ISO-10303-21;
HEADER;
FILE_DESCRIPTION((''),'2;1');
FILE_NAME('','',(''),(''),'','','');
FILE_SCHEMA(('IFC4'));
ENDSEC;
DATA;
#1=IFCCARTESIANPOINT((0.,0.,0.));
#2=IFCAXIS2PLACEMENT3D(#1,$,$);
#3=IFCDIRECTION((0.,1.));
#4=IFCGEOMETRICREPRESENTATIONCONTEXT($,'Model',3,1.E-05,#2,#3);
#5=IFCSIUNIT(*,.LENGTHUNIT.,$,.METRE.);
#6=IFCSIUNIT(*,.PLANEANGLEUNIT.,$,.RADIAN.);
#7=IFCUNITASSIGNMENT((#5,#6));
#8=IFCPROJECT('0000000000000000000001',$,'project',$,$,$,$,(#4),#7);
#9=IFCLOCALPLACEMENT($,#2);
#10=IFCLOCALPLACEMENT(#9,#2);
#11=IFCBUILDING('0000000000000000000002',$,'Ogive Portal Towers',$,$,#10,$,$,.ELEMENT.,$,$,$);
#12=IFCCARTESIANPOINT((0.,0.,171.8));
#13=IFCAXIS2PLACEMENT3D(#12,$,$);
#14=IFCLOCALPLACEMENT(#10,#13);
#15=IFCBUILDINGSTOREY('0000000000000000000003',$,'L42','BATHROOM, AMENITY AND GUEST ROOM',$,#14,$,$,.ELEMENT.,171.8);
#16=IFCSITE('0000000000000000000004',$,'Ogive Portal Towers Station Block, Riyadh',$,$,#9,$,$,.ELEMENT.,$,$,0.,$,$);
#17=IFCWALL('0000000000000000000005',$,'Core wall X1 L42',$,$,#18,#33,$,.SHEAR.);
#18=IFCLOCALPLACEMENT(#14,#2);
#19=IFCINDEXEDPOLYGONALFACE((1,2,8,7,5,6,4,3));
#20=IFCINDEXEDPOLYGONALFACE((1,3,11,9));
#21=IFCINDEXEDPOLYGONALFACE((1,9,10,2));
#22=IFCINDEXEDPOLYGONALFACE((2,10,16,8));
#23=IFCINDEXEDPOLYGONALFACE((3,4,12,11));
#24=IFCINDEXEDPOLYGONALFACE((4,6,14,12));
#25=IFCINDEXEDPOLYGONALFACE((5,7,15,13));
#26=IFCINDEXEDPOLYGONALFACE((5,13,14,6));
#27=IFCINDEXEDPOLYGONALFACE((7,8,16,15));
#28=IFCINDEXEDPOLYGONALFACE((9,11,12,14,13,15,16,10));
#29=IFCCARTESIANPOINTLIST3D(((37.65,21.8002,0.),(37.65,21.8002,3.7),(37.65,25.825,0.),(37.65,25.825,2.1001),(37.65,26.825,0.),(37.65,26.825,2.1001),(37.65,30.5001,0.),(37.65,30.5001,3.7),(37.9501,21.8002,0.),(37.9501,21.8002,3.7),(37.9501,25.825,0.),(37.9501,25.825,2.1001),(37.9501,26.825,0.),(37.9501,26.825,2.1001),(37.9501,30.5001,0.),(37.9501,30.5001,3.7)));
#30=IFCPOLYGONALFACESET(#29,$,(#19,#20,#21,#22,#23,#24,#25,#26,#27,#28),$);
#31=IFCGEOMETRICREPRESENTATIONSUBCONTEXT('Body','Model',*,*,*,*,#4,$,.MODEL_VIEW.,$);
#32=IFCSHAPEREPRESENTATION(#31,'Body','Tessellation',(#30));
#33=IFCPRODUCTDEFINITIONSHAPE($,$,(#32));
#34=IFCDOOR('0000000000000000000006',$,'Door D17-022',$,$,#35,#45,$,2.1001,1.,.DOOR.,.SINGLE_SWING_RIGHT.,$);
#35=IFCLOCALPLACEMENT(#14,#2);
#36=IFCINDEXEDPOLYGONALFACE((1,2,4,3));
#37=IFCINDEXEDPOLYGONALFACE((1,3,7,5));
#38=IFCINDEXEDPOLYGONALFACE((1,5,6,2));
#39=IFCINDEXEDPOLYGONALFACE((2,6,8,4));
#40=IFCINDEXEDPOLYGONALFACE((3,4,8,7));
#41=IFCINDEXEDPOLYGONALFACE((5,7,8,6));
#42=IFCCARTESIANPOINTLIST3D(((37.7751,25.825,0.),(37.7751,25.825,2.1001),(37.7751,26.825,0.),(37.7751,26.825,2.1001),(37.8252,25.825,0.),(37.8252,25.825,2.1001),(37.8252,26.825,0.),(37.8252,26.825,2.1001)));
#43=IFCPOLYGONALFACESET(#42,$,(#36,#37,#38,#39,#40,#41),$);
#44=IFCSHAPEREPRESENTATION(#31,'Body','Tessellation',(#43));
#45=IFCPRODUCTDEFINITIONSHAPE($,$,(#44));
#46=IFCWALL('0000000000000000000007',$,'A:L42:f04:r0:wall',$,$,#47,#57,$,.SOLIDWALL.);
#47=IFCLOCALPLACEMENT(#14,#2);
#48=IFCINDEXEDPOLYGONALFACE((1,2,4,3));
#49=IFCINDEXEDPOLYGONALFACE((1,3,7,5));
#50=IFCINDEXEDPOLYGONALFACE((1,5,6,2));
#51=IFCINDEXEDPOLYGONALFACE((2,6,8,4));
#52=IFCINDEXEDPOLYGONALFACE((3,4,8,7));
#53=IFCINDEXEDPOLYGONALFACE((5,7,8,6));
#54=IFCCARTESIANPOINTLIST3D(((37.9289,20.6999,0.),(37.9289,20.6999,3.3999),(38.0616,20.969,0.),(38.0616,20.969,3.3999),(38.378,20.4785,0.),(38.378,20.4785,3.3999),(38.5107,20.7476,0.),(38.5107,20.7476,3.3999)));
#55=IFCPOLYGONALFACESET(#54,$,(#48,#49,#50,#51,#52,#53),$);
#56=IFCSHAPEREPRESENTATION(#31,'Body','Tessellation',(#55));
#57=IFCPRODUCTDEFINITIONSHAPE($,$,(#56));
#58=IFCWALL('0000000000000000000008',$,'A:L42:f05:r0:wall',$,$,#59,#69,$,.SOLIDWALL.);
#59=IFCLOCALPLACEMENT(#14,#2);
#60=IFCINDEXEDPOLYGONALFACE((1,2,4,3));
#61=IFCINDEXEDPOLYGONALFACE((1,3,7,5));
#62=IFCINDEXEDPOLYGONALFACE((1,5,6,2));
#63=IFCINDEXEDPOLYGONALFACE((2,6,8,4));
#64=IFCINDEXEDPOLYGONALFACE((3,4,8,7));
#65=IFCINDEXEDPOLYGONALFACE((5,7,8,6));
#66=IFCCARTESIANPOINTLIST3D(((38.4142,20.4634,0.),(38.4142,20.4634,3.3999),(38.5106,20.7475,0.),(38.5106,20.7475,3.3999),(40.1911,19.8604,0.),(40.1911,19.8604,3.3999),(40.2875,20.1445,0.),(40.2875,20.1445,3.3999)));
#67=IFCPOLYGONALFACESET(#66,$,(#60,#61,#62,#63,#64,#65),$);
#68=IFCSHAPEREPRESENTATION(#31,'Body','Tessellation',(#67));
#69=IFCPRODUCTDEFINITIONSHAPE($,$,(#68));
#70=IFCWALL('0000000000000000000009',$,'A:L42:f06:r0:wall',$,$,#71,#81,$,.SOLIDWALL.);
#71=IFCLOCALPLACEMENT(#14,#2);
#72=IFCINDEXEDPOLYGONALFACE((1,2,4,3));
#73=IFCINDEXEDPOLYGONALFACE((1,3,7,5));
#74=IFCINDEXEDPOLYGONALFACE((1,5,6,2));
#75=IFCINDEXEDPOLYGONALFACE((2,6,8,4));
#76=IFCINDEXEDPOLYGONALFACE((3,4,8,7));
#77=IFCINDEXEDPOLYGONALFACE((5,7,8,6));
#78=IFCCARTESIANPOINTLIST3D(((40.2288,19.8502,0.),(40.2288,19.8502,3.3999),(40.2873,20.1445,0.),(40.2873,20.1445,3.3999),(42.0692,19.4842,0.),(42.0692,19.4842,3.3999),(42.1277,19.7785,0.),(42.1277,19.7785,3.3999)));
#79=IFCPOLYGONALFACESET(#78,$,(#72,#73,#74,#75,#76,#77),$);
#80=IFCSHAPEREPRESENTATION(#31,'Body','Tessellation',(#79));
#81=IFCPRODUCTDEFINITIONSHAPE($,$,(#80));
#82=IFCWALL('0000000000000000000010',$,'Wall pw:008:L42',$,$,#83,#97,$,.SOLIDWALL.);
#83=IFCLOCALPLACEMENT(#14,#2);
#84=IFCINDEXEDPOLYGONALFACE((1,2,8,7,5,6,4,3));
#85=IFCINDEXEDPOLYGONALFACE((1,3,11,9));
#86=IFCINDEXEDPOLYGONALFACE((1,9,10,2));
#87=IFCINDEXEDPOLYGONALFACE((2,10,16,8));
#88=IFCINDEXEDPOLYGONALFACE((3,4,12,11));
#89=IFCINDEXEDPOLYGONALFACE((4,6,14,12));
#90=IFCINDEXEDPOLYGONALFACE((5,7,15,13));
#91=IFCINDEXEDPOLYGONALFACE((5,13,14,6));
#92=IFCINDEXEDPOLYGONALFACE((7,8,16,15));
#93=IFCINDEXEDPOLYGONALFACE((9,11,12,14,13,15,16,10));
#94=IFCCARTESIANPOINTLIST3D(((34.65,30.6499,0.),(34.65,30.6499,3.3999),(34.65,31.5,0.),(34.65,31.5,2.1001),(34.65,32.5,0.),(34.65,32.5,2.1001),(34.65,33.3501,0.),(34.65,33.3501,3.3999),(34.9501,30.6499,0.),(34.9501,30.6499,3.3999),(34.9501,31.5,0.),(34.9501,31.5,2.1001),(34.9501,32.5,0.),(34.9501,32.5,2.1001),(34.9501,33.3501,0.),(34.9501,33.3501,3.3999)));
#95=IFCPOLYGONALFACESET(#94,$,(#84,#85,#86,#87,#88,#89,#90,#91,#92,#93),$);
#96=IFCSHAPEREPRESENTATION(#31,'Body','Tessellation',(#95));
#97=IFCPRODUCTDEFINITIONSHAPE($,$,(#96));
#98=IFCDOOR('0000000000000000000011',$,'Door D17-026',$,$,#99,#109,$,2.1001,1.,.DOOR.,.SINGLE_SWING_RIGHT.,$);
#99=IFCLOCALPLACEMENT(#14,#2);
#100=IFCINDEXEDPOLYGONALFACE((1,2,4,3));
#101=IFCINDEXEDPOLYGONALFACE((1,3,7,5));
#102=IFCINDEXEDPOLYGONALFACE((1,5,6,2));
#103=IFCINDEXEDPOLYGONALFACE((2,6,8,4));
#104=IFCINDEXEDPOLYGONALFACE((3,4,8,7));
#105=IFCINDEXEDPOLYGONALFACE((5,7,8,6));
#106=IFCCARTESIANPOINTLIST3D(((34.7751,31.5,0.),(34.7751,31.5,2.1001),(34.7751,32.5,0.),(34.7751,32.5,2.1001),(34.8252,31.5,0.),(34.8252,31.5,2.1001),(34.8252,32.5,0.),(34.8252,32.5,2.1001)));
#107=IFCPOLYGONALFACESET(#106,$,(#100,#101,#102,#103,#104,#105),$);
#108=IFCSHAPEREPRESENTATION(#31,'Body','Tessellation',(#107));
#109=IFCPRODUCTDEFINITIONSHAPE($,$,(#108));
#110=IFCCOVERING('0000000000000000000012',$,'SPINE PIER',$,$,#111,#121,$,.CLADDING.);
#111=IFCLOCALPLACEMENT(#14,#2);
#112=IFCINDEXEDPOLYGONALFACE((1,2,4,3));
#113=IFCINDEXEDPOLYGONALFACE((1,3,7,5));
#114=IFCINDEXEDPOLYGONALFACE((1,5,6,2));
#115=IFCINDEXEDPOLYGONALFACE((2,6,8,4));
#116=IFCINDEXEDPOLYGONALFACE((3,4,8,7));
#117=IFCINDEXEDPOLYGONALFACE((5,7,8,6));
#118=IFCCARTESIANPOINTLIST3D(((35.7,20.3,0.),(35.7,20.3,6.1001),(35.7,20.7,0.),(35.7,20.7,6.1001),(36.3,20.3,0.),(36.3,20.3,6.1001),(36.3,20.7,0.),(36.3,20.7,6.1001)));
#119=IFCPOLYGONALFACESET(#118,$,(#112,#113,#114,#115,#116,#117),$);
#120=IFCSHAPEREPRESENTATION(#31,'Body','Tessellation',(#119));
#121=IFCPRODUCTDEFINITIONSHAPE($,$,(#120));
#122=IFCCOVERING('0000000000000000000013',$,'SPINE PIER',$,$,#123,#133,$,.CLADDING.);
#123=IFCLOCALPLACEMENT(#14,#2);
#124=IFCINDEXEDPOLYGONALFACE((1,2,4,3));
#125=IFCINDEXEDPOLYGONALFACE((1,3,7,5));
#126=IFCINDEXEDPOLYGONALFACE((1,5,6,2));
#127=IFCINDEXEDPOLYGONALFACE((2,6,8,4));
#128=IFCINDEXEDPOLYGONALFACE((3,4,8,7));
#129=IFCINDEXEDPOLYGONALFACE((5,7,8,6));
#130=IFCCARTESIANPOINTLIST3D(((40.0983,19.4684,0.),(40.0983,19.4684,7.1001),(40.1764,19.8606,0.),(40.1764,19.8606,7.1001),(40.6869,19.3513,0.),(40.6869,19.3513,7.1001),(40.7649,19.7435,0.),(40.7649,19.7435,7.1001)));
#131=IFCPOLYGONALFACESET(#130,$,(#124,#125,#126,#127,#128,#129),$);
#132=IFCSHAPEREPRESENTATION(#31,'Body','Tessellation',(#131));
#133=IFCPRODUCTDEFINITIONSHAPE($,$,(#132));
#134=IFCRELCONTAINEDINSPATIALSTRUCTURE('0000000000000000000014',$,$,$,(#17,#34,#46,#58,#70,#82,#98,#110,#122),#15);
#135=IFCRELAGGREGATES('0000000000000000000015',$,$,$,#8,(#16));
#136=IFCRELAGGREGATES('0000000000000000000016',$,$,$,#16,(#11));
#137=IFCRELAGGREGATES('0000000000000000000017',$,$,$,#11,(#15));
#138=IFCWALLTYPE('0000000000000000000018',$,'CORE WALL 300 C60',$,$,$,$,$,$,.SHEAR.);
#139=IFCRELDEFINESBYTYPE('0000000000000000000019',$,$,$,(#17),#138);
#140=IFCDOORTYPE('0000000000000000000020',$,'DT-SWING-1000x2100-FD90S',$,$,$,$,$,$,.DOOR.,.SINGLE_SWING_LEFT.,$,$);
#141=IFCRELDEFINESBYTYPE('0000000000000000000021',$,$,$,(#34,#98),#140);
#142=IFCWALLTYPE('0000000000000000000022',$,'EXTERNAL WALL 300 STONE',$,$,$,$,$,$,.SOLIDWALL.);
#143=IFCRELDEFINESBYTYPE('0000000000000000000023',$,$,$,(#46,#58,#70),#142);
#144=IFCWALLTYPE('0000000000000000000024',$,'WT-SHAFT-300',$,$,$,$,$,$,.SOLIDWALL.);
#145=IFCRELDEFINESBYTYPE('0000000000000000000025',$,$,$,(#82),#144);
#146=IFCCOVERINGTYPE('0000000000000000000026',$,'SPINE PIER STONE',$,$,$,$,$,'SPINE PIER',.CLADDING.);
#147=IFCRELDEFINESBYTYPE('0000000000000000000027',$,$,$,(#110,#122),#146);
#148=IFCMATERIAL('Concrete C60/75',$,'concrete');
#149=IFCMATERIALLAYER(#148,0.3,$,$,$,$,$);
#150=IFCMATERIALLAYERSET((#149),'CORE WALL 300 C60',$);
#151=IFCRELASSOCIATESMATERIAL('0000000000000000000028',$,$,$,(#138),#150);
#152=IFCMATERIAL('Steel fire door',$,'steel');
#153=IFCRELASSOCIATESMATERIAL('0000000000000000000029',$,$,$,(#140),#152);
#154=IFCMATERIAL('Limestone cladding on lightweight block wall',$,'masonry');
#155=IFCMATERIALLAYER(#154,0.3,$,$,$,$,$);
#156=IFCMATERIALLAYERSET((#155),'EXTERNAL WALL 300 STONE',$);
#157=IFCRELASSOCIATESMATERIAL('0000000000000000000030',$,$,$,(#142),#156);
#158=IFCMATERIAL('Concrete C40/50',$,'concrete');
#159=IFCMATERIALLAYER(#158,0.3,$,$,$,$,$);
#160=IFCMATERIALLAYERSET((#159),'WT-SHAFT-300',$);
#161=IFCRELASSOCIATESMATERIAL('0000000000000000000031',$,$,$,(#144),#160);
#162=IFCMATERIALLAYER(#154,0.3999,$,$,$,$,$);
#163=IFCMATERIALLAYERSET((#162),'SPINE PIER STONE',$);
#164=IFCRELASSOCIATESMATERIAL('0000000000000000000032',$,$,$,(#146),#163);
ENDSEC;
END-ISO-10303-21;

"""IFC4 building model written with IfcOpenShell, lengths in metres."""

from ifc_helpers import new_model, si_unit, direction, frame, frame_2d, origin, origin_2d, place, context, subcontext, project, spatial, rectangle, extrude, material, layer, layer_set, type_object, element, fill, save


model = new_model("IFC4")

# Units and contexts
model_context = context("Model", 3, precision=1e-05, world=origin(), true_north=direction((0.0, 1.0)))
body_context = subcontext(model_context, "Body", "Model", "MODEL_VIEW")
ifc_project = project(units=[si_unit("LENGTHUNIT", "METRE"), si_unit("PLANEANGLEUNIT", "RADIAN")], contexts=[model_context])

# Site, building, storey
site_placement = place(None, origin())
site = spatial("IfcSite", under=ifc_project, at=site_placement, Name="Ogive Portal Towers Station Block, Riyadh", CompositionType="ELEMENT", RefElevation=0.0)
building_placement = place(site_placement, origin())
building = spatial("IfcBuilding", under=site, at=building_placement, Name="Ogive Portal Towers", CompositionType="ELEMENT")
storey_placement = place(building_placement, frame((0.0, 0.0, 171.8)))
storey = spatial("IfcBuildingStorey", under=building, at=storey_placement, Name="L42", Description="BATHROOM, AMENITY AND GUEST ROOM", CompositionType="ELEMENT", Elevation=171.8)

# Wall, opening, door
ifc_material_1 = material(Name="Concrete C60/75", Category="concrete")
ifc_layer_1 = layer(ifc_material_1, 0.3)
ifc_layer_set_1 = layer_set([ifc_layer_1], Name="CORE WALL 300 C60")
wall_type_1 = type_object("IfcWallType", Name="CORE WALL 300 C60", PredefinedType="SHEAR", material=ifc_layer_set_1)
wall_1_placement = place(storey_placement, frame((37.8, 21.8, 0.0), z_axis=(0.0, 0.0, 1.0), x_axis=(0.0, 1.0, 0.0)))
wall_1 = element("IfcWall", 1, at=wall_1_placement, inside=storey, type_object=wall_type_1, Name="Core wall X1 L42", PredefinedType="SHEAR", context=body_context, shape_type="SweptSolid", body=[
    extrude(rectangle(XDim=8.7, YDim=0.3, at=frame_2d((4.3501, 0.0))), origin(), (0.0, 0.0, 1.0), 3.7),
])
opening_1_placement = place(wall_1_placement, frame((4.0249, 0.0, 0.0)))
opening_1 = element("IfcOpeningElement", 2, at=opening_1_placement, cuts=wall_1, PredefinedType="OPENING", context=body_context, shape_type="SweptSolid", body=[
    extrude(rectangle(XDim=1.0, YDim=2.1001, at=frame_2d((0.5, 1.05))), frame((0.0, 0.1602, 0.0), z_axis=(0.0, -1.0, 0.0), x_axis=(1.0, 0.0, 0.0)), (0.0, 0.0, 1.0), 0.3201),
])
ifc_material_2 = material(Name="Steel fire door", Category="steel")
door_type_1 = type_object("IfcDoorType", Name="DT-SWING-1000x2100-FD90S", OperationType="SINGLE_SWING_LEFT", PredefinedType="DOOR", material=ifc_material_2)
door_1_placement = place(opening_1_placement, origin())
door_1 = element("IfcDoor", 3, at=door_1_placement, inside=storey, type_object=door_type_1, Name="Door D17-022", OperationType="SINGLE_SWING_RIGHT", OverallHeight=2.1001, OverallWidth=1.0, PredefinedType="DOOR", context=body_context, shape_type="SweptSolid", body=[
    extrude(rectangle(XDim=1.0, YDim=2.1001, at=frame_2d((0.5, 1.05))), frame((0.0, 0.0249, 0.0), z_axis=(0.0, -1.0, 0.0), x_axis=(1.0, 0.0, 0.0)), (0.0, 0.0, 1.0), 0.05),
])
fill(opening_1, door_1)

# Walls
ifc_material_3 = material(Name="Limestone cladding on lightweight block wall", Category="masonry")
ifc_layer_2 = layer(ifc_material_3, 0.3)
ifc_layer_set_2 = layer_set([ifc_layer_2], Name="EXTERNAL WALL 300 STONE")
wall_type_2 = type_object("IfcWallType", Name="EXTERNAL WALL 300 STONE", PredefinedType="SOLIDWALL", material=ifc_layer_set_2)
wall_2_placement = place(storey_placement, frame((37.9951, 20.8345, 0.0), z_axis=(0.0, 0.0, 1.0), x_axis=(0.896948, -0.442137, 0.0)))
element("IfcWall", 4, at=wall_2_placement, inside=storey, type_object=wall_type_2, Name="A:L42:f04:r0:wall", PredefinedType="SOLIDWALL", context=body_context, shape_type="SweptSolid", body=[
    extrude(rectangle(XDim=0.5007, YDim=0.3, at=frame_2d((0.2505, 0.0))), origin(), (0.0, 0.0, 1.0), 3.3999),
])
for number, where, z_axis, x_axis, name in (
    (5, (38.4624, 20.6055, 0.0), (0.0, 0.0, 1.0), (0.946952, -0.321376, 0.0), "A:L42:f05:r0:wall"),
    (6, (40.2581, 19.9973, 0.0), (0.0, 0.0, 1.0), (0.980795, -0.19504, 0.0), "A:L42:f06:r0:wall"),
):
    element("IfcWall", number, at=place(storey_placement, frame(where, z_axis=z_axis, x_axis=x_axis)), inside=storey, type_object=wall_type_2, Name=name, PredefinedType="SOLIDWALL", context=body_context, shape_type="SweptSolid", body=[
        extrude(rectangle(XDim=1.8765, YDim=0.3, at=frame_2d((0.9382, 0.0))), origin(), (0.0, 0.0, 1.0), 3.3999),
    ])

# Shared definitions
ifc_material_4 = material(Name="Concrete C40/50", Category="concrete")
ifc_layer_3 = layer(ifc_material_4, 0.3)
ifc_layer_set_3 = layer_set([ifc_layer_3], Name="WT-SHAFT-300")
wall_type_3 = type_object("IfcWallType", Name="WT-SHAFT-300", PredefinedType="SOLIDWALL", material=ifc_layer_set_3)

# Wall, opening, door
wall_3_placement = place(storey_placement, frame((34.8, 30.6499, 0.0), z_axis=(0.0, 0.0, 1.0), x_axis=(0.0, 1.0, 0.0)))
wall_3 = element("IfcWall", 7, at=wall_3_placement, inside=storey, type_object=wall_type_3, Name="Wall pw:008:L42", PredefinedType="SOLIDWALL", context=body_context, shape_type="SweptSolid", body=[
    extrude(rectangle(XDim=2.7002, YDim=0.3, at=frame_2d((1.3501, 0.0))), origin(), (0.0, 0.0, 1.0), 3.3999),
])
opening_2_placement = place(wall_3_placement, frame((0.8501, 0.0, 0.0)))
opening_2 = element("IfcOpeningElement", 8, at=opening_2_placement, cuts=wall_3, PredefinedType="OPENING", context=body_context, shape_type="SweptSolid", body=[
    extrude(rectangle(XDim=1.0, YDim=2.1001, at=frame_2d((0.5, 1.05))), frame((0.0, 0.1602, 0.0), z_axis=(0.0, -1.0, 0.0), x_axis=(1.0, 0.0, 0.0)), (0.0, 0.0, 1.0), 0.3201),
])
door_2_placement = place(opening_2_placement, origin())
door_2 = element("IfcDoor", 9, at=door_2_placement, inside=storey, type_object=door_type_1, Name="Door D17-026", OperationType="SINGLE_SWING_RIGHT", OverallHeight=2.1001, OverallWidth=1.0, PredefinedType="DOOR", context=body_context, shape_type="SweptSolid", body=[
    extrude(rectangle(XDim=1.0, YDim=2.1001, at=frame_2d((0.5, 1.05))), frame((0.0, 0.0249, 0.0), z_axis=(0.0, -1.0, 0.0), x_axis=(1.0, 0.0, 0.0)), (0.0, 0.0, 1.0), 0.05),
])
fill(opening_2, door_2)

# Coverings
ifc_layer_4 = layer(ifc_material_3, 0.3999)
ifc_layer_set_4 = layer_set([ifc_layer_4], Name="SPINE PIER STONE")
covering_type = type_object("IfcCoveringType", Name="SPINE PIER STONE", ElementType="SPINE PIER", PredefinedType="CLADDING", material=ifc_layer_set_4)
covering_1_placement = place(storey_placement, frame((36.0, 20.5, 0.0), z_axis=(0.0, 0.0, 1.0), x_axis=(1.0, 0.0, 0.0)))
element("IfcCovering", 10, at=covering_1_placement, inside=storey, type_object=covering_type, Name="SPINE PIER", PredefinedType="CLADDING", context=body_context, shape_type="SweptSolid", body=[
    extrude(rectangle(XDim=0.6001, YDim=0.3999, at=origin_2d()), origin(), (0.0, 0.0, 1.0), 6.1001),
])
covering_2_placement = place(storey_placement, frame((40.4316, 19.606, 0.0), z_axis=(0.0, 0.0, 1.0), x_axis=(0.980785, -0.19509, 0.0)))
element("IfcCovering", 11, at=covering_2_placement, inside=storey, type_object=covering_type, Name="SPINE PIER", PredefinedType="CLADDING", context=body_context, shape_type="SweptSolid", body=[
    extrude(rectangle(XDim=0.6001, YDim=0.3999, at=origin_2d()), origin(), (0.0, 0.0, 1.0), 7.1001),
])

save(model, "model.ifc")
